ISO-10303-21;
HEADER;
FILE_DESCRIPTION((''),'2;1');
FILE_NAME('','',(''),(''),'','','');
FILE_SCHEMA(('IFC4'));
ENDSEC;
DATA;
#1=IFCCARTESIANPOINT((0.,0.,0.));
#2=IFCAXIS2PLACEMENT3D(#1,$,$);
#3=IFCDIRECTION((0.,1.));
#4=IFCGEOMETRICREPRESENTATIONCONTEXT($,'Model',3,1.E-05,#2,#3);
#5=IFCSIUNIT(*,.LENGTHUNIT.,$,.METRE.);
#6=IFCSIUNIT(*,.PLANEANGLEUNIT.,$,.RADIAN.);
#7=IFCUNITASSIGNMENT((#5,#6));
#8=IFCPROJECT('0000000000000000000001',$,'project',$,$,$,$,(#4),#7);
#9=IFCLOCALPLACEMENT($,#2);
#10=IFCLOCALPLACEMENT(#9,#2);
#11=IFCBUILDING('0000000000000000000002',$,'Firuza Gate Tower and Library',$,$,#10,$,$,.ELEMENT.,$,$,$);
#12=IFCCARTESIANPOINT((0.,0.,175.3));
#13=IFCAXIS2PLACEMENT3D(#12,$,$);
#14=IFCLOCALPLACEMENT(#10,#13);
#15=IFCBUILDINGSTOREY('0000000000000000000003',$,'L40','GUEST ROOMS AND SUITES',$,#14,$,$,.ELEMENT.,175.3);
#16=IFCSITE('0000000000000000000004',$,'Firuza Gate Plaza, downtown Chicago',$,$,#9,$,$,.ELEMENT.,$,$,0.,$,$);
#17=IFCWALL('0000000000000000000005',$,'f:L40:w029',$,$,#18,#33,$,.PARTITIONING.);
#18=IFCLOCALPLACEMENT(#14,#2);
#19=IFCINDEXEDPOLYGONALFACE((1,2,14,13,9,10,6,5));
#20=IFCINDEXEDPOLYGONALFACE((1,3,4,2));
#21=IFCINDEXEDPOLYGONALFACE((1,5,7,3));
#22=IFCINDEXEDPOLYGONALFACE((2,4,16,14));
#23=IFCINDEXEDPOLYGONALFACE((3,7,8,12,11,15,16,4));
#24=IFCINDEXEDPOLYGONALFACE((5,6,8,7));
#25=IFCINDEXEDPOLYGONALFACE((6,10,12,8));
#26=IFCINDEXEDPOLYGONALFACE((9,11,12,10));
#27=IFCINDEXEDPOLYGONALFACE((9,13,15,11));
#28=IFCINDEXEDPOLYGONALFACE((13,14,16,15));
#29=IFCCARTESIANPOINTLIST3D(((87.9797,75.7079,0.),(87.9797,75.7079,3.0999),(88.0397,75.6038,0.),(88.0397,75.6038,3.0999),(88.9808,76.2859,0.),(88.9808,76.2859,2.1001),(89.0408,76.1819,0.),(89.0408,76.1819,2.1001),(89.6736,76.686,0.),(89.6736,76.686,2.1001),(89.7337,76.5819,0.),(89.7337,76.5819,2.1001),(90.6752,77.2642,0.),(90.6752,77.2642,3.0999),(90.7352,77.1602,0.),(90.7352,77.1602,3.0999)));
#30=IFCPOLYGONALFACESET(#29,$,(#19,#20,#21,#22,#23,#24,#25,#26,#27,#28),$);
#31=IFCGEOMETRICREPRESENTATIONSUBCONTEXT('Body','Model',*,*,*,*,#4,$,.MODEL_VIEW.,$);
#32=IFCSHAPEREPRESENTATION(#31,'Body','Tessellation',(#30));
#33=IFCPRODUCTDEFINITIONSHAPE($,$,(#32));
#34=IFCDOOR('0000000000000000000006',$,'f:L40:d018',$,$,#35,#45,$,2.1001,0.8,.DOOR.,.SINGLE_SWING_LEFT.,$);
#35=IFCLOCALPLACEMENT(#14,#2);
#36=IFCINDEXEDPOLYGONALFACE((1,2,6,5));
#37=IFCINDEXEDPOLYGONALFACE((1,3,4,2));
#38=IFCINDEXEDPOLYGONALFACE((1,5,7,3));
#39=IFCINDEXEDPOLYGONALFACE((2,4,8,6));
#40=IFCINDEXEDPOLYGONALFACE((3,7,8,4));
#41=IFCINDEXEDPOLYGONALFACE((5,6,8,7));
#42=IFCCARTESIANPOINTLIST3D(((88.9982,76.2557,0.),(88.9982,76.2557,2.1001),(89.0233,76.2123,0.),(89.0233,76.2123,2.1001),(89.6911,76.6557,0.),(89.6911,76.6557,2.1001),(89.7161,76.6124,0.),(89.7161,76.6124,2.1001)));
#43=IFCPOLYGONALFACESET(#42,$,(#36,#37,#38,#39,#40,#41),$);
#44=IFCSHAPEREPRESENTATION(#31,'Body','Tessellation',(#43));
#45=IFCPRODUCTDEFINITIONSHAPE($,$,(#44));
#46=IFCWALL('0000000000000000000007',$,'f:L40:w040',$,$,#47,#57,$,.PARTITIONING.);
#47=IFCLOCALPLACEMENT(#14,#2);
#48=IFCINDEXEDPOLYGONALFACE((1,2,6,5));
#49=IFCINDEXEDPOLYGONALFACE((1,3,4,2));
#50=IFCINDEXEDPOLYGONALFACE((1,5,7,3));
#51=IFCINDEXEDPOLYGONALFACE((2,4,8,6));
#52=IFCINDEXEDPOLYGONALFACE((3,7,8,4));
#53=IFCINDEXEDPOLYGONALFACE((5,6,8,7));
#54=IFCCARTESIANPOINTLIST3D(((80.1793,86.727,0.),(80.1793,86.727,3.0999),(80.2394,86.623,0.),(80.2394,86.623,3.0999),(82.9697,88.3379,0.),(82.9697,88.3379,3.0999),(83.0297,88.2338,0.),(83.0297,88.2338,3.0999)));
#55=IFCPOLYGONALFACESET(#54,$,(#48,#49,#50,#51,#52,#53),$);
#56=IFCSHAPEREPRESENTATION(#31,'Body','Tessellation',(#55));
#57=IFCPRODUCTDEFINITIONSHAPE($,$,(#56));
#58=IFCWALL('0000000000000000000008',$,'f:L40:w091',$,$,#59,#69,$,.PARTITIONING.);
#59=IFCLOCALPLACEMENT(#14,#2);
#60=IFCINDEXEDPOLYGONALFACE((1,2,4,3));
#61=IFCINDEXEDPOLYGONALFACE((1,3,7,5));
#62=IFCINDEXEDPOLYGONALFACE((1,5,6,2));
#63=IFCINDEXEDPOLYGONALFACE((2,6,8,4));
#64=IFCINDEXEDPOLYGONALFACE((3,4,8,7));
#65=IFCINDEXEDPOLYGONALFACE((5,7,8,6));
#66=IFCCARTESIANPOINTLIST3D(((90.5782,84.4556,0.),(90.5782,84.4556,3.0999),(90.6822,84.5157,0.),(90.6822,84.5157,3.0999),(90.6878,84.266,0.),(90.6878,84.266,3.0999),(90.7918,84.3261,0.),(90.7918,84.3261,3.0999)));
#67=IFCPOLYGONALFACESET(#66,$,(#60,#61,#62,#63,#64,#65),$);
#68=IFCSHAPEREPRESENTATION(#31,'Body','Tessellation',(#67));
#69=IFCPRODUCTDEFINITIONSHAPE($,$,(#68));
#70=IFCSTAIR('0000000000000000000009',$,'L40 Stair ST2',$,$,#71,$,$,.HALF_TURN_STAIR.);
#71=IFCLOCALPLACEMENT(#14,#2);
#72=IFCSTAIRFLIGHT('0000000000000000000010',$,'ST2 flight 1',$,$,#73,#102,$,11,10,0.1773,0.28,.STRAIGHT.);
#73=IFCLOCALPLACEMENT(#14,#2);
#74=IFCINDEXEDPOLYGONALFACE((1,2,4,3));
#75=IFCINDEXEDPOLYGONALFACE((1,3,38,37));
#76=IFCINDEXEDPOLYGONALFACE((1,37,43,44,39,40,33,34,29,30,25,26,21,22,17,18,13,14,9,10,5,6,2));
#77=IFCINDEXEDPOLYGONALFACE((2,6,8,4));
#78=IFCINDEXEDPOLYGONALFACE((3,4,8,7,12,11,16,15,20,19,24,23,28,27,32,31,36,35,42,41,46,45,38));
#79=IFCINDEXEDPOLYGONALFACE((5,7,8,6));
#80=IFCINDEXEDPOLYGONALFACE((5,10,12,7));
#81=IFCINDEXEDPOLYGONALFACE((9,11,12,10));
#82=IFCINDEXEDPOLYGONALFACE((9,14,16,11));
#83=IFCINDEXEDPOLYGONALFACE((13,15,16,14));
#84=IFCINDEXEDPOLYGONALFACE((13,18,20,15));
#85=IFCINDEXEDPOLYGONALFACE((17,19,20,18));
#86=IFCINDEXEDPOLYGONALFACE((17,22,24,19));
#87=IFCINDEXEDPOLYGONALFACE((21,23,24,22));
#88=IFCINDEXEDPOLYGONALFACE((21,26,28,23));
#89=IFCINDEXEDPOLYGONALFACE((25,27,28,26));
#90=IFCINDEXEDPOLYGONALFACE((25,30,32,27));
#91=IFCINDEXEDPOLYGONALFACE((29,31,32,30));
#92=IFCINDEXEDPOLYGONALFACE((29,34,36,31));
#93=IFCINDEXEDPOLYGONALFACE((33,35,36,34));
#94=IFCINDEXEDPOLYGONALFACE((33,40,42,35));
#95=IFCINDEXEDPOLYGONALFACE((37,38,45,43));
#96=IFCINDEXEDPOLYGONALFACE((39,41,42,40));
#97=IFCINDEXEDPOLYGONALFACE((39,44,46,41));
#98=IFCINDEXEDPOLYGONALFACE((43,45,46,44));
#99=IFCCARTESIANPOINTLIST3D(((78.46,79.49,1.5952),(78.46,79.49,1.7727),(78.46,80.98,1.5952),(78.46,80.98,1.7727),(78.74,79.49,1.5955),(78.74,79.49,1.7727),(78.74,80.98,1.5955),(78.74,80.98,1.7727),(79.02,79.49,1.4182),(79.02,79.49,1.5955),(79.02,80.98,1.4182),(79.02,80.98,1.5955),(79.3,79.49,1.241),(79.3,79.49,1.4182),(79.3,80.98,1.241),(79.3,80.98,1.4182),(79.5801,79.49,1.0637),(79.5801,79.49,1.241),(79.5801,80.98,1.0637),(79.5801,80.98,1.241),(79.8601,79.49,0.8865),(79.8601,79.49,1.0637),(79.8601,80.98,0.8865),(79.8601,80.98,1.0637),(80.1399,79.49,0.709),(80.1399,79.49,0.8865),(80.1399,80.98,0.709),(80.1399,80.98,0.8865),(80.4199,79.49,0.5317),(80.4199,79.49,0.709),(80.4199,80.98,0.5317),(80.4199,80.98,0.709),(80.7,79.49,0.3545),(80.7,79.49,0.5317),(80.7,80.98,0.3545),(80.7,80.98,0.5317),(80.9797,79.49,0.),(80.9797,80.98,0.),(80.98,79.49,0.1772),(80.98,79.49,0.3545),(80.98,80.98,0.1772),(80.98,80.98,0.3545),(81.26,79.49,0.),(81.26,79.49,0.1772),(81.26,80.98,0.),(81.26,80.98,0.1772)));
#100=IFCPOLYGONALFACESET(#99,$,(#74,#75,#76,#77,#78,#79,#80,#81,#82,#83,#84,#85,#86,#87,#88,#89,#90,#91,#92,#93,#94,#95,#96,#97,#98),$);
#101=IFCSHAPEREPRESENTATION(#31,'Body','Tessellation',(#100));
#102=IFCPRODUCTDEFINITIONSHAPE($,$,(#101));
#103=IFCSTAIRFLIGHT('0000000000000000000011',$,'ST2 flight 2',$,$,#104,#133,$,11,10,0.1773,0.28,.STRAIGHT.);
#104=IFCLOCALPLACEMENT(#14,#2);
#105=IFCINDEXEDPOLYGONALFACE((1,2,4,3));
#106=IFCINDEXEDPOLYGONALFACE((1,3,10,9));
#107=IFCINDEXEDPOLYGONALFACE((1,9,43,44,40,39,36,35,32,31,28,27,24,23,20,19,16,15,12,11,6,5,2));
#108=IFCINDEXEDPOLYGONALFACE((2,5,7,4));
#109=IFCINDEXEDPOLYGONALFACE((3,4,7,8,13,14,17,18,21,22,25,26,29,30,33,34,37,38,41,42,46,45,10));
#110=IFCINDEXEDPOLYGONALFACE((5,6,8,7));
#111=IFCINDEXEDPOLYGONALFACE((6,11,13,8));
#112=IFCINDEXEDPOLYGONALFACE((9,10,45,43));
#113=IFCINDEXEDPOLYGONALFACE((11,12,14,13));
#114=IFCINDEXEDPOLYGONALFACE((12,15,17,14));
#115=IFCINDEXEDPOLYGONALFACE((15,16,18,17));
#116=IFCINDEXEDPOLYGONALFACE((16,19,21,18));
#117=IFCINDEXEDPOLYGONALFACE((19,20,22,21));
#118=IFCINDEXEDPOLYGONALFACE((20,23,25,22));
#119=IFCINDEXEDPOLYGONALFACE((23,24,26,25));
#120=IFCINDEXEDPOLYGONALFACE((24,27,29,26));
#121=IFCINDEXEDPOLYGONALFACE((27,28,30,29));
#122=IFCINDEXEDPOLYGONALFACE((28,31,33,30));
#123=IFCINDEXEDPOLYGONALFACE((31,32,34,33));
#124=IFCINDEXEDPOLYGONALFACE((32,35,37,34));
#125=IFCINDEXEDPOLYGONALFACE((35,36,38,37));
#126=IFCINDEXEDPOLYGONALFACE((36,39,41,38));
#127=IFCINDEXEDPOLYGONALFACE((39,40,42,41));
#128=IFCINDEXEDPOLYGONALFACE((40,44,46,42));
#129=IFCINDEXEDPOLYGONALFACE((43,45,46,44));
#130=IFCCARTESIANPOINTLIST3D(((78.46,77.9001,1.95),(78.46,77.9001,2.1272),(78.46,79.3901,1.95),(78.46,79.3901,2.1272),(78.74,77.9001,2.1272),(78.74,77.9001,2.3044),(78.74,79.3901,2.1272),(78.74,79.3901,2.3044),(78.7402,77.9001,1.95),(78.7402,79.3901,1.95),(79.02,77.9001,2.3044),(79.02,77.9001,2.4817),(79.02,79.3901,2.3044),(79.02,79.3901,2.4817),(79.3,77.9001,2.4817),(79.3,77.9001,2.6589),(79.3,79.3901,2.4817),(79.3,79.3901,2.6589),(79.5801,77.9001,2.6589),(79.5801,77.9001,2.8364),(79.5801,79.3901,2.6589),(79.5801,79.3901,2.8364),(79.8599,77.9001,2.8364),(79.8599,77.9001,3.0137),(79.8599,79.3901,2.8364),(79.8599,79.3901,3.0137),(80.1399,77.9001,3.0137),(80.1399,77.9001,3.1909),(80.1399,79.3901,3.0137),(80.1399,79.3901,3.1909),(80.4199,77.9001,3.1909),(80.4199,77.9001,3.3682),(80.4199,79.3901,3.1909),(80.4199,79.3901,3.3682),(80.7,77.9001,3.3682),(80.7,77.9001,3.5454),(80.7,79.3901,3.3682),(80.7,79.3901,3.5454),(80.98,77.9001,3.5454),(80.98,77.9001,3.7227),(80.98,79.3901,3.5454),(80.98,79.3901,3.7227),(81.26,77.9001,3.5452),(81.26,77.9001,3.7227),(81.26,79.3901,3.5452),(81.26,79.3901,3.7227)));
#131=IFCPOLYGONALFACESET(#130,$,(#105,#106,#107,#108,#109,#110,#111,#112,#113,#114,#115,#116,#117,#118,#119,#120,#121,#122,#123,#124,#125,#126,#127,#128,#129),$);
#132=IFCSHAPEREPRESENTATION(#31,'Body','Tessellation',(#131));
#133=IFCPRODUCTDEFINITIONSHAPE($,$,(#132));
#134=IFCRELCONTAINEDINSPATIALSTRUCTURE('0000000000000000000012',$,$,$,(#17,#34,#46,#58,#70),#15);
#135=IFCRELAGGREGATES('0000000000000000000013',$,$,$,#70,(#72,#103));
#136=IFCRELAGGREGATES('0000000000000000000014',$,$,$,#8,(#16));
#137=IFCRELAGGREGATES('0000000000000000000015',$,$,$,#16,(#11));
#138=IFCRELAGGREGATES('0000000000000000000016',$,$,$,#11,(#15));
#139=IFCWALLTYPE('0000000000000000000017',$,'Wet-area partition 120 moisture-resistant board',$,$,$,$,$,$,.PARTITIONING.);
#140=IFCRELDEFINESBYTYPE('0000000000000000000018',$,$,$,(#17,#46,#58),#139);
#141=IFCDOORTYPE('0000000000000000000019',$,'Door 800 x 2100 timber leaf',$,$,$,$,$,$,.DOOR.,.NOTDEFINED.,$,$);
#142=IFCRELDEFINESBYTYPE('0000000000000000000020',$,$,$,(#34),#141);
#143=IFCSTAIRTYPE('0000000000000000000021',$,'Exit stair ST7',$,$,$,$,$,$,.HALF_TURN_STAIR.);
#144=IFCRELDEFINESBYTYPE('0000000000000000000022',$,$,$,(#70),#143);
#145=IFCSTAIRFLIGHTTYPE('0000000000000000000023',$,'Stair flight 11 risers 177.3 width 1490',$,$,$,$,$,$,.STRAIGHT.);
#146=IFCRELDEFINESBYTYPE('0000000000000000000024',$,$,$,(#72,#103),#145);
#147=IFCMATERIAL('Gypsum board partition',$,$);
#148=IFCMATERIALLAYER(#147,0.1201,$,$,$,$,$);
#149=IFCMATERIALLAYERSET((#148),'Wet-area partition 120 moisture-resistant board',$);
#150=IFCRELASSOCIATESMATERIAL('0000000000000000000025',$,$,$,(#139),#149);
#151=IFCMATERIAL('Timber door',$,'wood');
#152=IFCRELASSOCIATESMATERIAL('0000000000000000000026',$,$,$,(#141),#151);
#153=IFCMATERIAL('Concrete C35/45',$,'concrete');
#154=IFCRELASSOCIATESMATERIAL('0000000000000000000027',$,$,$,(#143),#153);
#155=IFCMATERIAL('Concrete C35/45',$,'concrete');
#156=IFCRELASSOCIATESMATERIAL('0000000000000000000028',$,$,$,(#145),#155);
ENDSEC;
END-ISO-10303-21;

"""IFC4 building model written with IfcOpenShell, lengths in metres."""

from ifc_helpers import new_model, si_unit, direction, frame, frame_2d, origin, place, context, subcontext, project, spatial, polyline, rectangle, outline, extrude, material, layer, layer_set, type_object, element, fill, aggregate, save


model = new_model("IFC4")

# Units and contexts
model_context = context("Model", 3, precision=1e-05, world=origin(), true_north=direction((0.0, 1.0)))
body_context = subcontext(model_context, "Body", "Model", "MODEL_VIEW")
ifc_project = project(units=[si_unit("LENGTHUNIT", "METRE"), si_unit("PLANEANGLEUNIT", "RADIAN")], contexts=[model_context])

# Site, building, storey
site_placement = place(None, origin())
site = spatial("IfcSite", under=ifc_project, at=site_placement, Name="Firuza Gate Plaza, downtown Chicago", CompositionType="ELEMENT", RefElevation=0.0)
building_placement = place(site_placement, origin())
building = spatial("IfcBuilding", under=site, at=building_placement, Name="Firuza Gate Tower and Library", CompositionType="ELEMENT")
storey_placement = place(building_placement, frame((0.0, 0.0, 175.3)))
storey = spatial("IfcBuildingStorey", under=building, at=storey_placement, Name="L40", Description="GUEST ROOMS AND SUITES", CompositionType="ELEMENT", Elevation=175.3)

# Wall, opening, door
ifc_material_1 = material(Name="Gypsum board partition")
ifc_layer_1 = layer(ifc_material_1, 0.1201)
ifc_layer_set_1 = layer_set([ifc_layer_1], Name="Wet-area partition 120 moisture-resistant board")
wall_type_1 = type_object("IfcWallType", Name="Wet-area partition 120 moisture-resistant board", PredefinedType="PARTITIONING", material=ifc_layer_set_1)
wall_1_placement = place(storey_placement, frame((90.7051, 77.2122, 0.0), z_axis=(0.0, 0.0, 1.0), x_axis=(-0.866009, -0.500028, 0.0)))
wall_1 = element("IfcWall", 1, at=wall_1_placement, inside=storey, type_object=wall_type_1, Name="f:L40:w029", PredefinedType="PARTITIONING", context=body_context, shape_type="SweptSolid", body=[
    extrude(rectangle(XDim=3.1125, YDim=0.1201, at=frame_2d((1.5562, 0.0))), origin(), (0.0, 0.0, 1.0), 3.0999),
])
opening_1_placement = place(wall_1_placement, frame((1.1565, 0.0, 0.0)))
opening_1 = element("IfcOpeningElement", 2, at=opening_1_placement, cuts=wall_1, PredefinedType="OPENING", context=body_context, shape_type="SweptSolid", body=[
    extrude(rectangle(XDim=0.8, YDim=2.1001, at=frame_2d((0.3999, 1.05))), frame((0.0, 0.0701, 0.0), z_axis=(0.0, -1.0, 0.0), x_axis=(1.0, 0.0, 0.0)), (0.0, 0.0, 1.0), 0.1401),
])
ifc_material_2 = material(Name="Timber door", Category="wood")
door_type_1 = type_object("IfcDoorType", Name="Door 800 x 2100 timber leaf", OperationType="NOTDEFINED", PredefinedType="DOOR", material=ifc_material_2)
door_1_placement = place(opening_1_placement, origin())
door_1 = element("IfcDoor", 3, at=door_1_placement, inside=storey, type_object=door_type_1, Name="f:L40:d018", OperationType="SINGLE_SWING_LEFT", OverallHeight=2.1001, OverallWidth=0.8, PredefinedType="DOOR", context=body_context, shape_type="SweptSolid", body=[
    extrude(rectangle(XDim=0.8, YDim=2.1001, at=frame_2d((0.3999, 1.05))), frame((0.0, 0.0249, 0.0), z_axis=(0.0, -1.0, 0.0), x_axis=(1.0, 0.0, 0.0)), (0.0, 0.0, 1.0), 0.05),
])
fill(opening_1, door_1)

# Walls
wall_2_placement = place(storey_placement, frame((80.2095, 86.675, 0.0), z_axis=(0.0, 0.0, 1.0), x_axis=(0.866043, 0.49997, 0.0)))
element("IfcWall", 4, at=wall_2_placement, inside=storey, type_object=wall_type_1, Name="f:L40:w040", PredefinedType="PARTITIONING", context=body_context, shape_type="SweptSolid", body=[
    extrude(rectangle(XDim=3.2219, YDim=0.1201, at=frame_2d((1.6108, 0.0))), origin(), (0.0, 0.0, 1.0), 3.0999),
])
wall_3_placement = place(storey_placement, frame((90.7397, 84.2961, 0.0), z_axis=(0.0, 0.0, 1.0), x_axis=(-0.500333, 0.865833, 0.0)))
element("IfcWall", 5, at=wall_3_placement, inside=storey, type_object=wall_type_1, Name="f:L40:w091", PredefinedType="PARTITIONING", context=body_context, shape_type="SweptSolid", body=[
    extrude(rectangle(XDim=0.219, YDim=0.1201, at=frame_2d((0.1094, 0.0))), origin(), (0.0, 0.0, 1.0), 3.0999),
])

# Stair, stair flights
ifc_material_3 = material(Name="Concrete C35/45", Category="concrete")
stair_type = type_object("IfcStairType", Name="Exit stair ST7", PredefinedType="HALF_TURN_STAIR", material=ifc_material_3)
stair_placement = place(storey_placement, origin())
stair = element("IfcStair", 6, at=stair_placement, inside=storey, type_object=stair_type, Name="L40 Stair ST2", PredefinedType="HALF_TURN_STAIR")
ifc_material_4 = material(Name="Concrete C35/45", Category="concrete")
stair_flight_type = type_object("IfcStairFlightType", Name="Stair flight 11 risers 177.3 width 1490", PredefinedType="STRAIGHT", material=ifc_material_4)
stair_flight_1_placement = place(storey_placement, frame((81.26, 80.2351, 0.0), z_axis=(0.0, 0.0, 1.0), x_axis=(-1.0, 0.0, 0.0)))
stair_flight_1 = element("IfcStairFlight", 7, at=stair_flight_1_placement, type_object=stair_flight_type, Name="ST2 flight 1", NumberOfRisers=11, NumberOfTreads=10, PredefinedType="STRAIGHT", RiserHeight=0.1773, TreadLength=0.28, context=body_context, shape_type="SweptSolid", body=[
    extrude(outline(polyline([(0.0, 0.0), (0.0, 0.1772), (0.28, 0.1772), (0.28, 0.3545), (0.5601, 0.3545), (0.5601, 0.5317), (0.8401, 0.5317), (0.8401, 0.709), (1.1201, 0.709), (1.1201, 0.8865), (1.3999, 0.8865), (1.3999, 1.0637), (1.6799, 1.0637), (1.6799, 1.241), (1.96, 1.241), (1.96, 1.4182), (2.24, 1.4182), (2.24, 1.5955), (2.52, 1.5955), (2.52, 1.7727), (2.8, 1.7727), (2.8, 1.95), (2.8, 1.5952), (0.2803, 0.0), (0.0, 0.0)])), frame((0.0, 0.7451, 0.0), z_axis=(0.0, -1.0, 0.0), x_axis=(1.0, 0.0, 0.0)), (0.0, 0.0, 1.0), 1.49),
])
stair_flight_2_placement = place(storey_placement, frame((78.46, 78.645, 1.95), z_axis=(0.0, 0.0, 1.0), x_axis=(1.0, 0.0, 0.0)))
stair_flight_2 = element("IfcStairFlight", 8, at=stair_flight_2_placement, type_object=stair_flight_type, Name="ST2 flight 2", NumberOfRisers=11, NumberOfTreads=10, PredefinedType="STRAIGHT", RiserHeight=0.1773, TreadLength=0.28, context=body_context, shape_type="SweptSolid", body=[
    extrude(outline(polyline([(0.0, 0.0), (0.0, 0.1772), (0.28, 0.1772), (0.28, 0.3545), (0.5601, 0.3545), (0.5601, 0.5317), (0.8401, 0.5317), (0.8401, 0.709), (1.1201, 0.709), (1.1201, 0.8865), (1.3999, 0.8865), (1.3999, 1.0637), (1.6799, 1.0637), (1.6799, 1.241), (1.96, 1.241), (1.96, 1.4182), (2.24, 1.4182), (2.24, 1.5955), (2.52, 1.5955), (2.52, 1.7727), (2.8, 1.7727), (2.8, 1.95), (2.8, 1.5952), (0.2803, 0.0), (0.0, 0.0)])), frame((0.0, 0.7451, 0.0), z_axis=(0.0, -1.0, 0.0), x_axis=(1.0, 0.0, 0.0)), (0.0, 0.0, 1.0), 1.49),
])
aggregate(stair, [stair_flight_1, stair_flight_2])

save(model, "model.ifc")
